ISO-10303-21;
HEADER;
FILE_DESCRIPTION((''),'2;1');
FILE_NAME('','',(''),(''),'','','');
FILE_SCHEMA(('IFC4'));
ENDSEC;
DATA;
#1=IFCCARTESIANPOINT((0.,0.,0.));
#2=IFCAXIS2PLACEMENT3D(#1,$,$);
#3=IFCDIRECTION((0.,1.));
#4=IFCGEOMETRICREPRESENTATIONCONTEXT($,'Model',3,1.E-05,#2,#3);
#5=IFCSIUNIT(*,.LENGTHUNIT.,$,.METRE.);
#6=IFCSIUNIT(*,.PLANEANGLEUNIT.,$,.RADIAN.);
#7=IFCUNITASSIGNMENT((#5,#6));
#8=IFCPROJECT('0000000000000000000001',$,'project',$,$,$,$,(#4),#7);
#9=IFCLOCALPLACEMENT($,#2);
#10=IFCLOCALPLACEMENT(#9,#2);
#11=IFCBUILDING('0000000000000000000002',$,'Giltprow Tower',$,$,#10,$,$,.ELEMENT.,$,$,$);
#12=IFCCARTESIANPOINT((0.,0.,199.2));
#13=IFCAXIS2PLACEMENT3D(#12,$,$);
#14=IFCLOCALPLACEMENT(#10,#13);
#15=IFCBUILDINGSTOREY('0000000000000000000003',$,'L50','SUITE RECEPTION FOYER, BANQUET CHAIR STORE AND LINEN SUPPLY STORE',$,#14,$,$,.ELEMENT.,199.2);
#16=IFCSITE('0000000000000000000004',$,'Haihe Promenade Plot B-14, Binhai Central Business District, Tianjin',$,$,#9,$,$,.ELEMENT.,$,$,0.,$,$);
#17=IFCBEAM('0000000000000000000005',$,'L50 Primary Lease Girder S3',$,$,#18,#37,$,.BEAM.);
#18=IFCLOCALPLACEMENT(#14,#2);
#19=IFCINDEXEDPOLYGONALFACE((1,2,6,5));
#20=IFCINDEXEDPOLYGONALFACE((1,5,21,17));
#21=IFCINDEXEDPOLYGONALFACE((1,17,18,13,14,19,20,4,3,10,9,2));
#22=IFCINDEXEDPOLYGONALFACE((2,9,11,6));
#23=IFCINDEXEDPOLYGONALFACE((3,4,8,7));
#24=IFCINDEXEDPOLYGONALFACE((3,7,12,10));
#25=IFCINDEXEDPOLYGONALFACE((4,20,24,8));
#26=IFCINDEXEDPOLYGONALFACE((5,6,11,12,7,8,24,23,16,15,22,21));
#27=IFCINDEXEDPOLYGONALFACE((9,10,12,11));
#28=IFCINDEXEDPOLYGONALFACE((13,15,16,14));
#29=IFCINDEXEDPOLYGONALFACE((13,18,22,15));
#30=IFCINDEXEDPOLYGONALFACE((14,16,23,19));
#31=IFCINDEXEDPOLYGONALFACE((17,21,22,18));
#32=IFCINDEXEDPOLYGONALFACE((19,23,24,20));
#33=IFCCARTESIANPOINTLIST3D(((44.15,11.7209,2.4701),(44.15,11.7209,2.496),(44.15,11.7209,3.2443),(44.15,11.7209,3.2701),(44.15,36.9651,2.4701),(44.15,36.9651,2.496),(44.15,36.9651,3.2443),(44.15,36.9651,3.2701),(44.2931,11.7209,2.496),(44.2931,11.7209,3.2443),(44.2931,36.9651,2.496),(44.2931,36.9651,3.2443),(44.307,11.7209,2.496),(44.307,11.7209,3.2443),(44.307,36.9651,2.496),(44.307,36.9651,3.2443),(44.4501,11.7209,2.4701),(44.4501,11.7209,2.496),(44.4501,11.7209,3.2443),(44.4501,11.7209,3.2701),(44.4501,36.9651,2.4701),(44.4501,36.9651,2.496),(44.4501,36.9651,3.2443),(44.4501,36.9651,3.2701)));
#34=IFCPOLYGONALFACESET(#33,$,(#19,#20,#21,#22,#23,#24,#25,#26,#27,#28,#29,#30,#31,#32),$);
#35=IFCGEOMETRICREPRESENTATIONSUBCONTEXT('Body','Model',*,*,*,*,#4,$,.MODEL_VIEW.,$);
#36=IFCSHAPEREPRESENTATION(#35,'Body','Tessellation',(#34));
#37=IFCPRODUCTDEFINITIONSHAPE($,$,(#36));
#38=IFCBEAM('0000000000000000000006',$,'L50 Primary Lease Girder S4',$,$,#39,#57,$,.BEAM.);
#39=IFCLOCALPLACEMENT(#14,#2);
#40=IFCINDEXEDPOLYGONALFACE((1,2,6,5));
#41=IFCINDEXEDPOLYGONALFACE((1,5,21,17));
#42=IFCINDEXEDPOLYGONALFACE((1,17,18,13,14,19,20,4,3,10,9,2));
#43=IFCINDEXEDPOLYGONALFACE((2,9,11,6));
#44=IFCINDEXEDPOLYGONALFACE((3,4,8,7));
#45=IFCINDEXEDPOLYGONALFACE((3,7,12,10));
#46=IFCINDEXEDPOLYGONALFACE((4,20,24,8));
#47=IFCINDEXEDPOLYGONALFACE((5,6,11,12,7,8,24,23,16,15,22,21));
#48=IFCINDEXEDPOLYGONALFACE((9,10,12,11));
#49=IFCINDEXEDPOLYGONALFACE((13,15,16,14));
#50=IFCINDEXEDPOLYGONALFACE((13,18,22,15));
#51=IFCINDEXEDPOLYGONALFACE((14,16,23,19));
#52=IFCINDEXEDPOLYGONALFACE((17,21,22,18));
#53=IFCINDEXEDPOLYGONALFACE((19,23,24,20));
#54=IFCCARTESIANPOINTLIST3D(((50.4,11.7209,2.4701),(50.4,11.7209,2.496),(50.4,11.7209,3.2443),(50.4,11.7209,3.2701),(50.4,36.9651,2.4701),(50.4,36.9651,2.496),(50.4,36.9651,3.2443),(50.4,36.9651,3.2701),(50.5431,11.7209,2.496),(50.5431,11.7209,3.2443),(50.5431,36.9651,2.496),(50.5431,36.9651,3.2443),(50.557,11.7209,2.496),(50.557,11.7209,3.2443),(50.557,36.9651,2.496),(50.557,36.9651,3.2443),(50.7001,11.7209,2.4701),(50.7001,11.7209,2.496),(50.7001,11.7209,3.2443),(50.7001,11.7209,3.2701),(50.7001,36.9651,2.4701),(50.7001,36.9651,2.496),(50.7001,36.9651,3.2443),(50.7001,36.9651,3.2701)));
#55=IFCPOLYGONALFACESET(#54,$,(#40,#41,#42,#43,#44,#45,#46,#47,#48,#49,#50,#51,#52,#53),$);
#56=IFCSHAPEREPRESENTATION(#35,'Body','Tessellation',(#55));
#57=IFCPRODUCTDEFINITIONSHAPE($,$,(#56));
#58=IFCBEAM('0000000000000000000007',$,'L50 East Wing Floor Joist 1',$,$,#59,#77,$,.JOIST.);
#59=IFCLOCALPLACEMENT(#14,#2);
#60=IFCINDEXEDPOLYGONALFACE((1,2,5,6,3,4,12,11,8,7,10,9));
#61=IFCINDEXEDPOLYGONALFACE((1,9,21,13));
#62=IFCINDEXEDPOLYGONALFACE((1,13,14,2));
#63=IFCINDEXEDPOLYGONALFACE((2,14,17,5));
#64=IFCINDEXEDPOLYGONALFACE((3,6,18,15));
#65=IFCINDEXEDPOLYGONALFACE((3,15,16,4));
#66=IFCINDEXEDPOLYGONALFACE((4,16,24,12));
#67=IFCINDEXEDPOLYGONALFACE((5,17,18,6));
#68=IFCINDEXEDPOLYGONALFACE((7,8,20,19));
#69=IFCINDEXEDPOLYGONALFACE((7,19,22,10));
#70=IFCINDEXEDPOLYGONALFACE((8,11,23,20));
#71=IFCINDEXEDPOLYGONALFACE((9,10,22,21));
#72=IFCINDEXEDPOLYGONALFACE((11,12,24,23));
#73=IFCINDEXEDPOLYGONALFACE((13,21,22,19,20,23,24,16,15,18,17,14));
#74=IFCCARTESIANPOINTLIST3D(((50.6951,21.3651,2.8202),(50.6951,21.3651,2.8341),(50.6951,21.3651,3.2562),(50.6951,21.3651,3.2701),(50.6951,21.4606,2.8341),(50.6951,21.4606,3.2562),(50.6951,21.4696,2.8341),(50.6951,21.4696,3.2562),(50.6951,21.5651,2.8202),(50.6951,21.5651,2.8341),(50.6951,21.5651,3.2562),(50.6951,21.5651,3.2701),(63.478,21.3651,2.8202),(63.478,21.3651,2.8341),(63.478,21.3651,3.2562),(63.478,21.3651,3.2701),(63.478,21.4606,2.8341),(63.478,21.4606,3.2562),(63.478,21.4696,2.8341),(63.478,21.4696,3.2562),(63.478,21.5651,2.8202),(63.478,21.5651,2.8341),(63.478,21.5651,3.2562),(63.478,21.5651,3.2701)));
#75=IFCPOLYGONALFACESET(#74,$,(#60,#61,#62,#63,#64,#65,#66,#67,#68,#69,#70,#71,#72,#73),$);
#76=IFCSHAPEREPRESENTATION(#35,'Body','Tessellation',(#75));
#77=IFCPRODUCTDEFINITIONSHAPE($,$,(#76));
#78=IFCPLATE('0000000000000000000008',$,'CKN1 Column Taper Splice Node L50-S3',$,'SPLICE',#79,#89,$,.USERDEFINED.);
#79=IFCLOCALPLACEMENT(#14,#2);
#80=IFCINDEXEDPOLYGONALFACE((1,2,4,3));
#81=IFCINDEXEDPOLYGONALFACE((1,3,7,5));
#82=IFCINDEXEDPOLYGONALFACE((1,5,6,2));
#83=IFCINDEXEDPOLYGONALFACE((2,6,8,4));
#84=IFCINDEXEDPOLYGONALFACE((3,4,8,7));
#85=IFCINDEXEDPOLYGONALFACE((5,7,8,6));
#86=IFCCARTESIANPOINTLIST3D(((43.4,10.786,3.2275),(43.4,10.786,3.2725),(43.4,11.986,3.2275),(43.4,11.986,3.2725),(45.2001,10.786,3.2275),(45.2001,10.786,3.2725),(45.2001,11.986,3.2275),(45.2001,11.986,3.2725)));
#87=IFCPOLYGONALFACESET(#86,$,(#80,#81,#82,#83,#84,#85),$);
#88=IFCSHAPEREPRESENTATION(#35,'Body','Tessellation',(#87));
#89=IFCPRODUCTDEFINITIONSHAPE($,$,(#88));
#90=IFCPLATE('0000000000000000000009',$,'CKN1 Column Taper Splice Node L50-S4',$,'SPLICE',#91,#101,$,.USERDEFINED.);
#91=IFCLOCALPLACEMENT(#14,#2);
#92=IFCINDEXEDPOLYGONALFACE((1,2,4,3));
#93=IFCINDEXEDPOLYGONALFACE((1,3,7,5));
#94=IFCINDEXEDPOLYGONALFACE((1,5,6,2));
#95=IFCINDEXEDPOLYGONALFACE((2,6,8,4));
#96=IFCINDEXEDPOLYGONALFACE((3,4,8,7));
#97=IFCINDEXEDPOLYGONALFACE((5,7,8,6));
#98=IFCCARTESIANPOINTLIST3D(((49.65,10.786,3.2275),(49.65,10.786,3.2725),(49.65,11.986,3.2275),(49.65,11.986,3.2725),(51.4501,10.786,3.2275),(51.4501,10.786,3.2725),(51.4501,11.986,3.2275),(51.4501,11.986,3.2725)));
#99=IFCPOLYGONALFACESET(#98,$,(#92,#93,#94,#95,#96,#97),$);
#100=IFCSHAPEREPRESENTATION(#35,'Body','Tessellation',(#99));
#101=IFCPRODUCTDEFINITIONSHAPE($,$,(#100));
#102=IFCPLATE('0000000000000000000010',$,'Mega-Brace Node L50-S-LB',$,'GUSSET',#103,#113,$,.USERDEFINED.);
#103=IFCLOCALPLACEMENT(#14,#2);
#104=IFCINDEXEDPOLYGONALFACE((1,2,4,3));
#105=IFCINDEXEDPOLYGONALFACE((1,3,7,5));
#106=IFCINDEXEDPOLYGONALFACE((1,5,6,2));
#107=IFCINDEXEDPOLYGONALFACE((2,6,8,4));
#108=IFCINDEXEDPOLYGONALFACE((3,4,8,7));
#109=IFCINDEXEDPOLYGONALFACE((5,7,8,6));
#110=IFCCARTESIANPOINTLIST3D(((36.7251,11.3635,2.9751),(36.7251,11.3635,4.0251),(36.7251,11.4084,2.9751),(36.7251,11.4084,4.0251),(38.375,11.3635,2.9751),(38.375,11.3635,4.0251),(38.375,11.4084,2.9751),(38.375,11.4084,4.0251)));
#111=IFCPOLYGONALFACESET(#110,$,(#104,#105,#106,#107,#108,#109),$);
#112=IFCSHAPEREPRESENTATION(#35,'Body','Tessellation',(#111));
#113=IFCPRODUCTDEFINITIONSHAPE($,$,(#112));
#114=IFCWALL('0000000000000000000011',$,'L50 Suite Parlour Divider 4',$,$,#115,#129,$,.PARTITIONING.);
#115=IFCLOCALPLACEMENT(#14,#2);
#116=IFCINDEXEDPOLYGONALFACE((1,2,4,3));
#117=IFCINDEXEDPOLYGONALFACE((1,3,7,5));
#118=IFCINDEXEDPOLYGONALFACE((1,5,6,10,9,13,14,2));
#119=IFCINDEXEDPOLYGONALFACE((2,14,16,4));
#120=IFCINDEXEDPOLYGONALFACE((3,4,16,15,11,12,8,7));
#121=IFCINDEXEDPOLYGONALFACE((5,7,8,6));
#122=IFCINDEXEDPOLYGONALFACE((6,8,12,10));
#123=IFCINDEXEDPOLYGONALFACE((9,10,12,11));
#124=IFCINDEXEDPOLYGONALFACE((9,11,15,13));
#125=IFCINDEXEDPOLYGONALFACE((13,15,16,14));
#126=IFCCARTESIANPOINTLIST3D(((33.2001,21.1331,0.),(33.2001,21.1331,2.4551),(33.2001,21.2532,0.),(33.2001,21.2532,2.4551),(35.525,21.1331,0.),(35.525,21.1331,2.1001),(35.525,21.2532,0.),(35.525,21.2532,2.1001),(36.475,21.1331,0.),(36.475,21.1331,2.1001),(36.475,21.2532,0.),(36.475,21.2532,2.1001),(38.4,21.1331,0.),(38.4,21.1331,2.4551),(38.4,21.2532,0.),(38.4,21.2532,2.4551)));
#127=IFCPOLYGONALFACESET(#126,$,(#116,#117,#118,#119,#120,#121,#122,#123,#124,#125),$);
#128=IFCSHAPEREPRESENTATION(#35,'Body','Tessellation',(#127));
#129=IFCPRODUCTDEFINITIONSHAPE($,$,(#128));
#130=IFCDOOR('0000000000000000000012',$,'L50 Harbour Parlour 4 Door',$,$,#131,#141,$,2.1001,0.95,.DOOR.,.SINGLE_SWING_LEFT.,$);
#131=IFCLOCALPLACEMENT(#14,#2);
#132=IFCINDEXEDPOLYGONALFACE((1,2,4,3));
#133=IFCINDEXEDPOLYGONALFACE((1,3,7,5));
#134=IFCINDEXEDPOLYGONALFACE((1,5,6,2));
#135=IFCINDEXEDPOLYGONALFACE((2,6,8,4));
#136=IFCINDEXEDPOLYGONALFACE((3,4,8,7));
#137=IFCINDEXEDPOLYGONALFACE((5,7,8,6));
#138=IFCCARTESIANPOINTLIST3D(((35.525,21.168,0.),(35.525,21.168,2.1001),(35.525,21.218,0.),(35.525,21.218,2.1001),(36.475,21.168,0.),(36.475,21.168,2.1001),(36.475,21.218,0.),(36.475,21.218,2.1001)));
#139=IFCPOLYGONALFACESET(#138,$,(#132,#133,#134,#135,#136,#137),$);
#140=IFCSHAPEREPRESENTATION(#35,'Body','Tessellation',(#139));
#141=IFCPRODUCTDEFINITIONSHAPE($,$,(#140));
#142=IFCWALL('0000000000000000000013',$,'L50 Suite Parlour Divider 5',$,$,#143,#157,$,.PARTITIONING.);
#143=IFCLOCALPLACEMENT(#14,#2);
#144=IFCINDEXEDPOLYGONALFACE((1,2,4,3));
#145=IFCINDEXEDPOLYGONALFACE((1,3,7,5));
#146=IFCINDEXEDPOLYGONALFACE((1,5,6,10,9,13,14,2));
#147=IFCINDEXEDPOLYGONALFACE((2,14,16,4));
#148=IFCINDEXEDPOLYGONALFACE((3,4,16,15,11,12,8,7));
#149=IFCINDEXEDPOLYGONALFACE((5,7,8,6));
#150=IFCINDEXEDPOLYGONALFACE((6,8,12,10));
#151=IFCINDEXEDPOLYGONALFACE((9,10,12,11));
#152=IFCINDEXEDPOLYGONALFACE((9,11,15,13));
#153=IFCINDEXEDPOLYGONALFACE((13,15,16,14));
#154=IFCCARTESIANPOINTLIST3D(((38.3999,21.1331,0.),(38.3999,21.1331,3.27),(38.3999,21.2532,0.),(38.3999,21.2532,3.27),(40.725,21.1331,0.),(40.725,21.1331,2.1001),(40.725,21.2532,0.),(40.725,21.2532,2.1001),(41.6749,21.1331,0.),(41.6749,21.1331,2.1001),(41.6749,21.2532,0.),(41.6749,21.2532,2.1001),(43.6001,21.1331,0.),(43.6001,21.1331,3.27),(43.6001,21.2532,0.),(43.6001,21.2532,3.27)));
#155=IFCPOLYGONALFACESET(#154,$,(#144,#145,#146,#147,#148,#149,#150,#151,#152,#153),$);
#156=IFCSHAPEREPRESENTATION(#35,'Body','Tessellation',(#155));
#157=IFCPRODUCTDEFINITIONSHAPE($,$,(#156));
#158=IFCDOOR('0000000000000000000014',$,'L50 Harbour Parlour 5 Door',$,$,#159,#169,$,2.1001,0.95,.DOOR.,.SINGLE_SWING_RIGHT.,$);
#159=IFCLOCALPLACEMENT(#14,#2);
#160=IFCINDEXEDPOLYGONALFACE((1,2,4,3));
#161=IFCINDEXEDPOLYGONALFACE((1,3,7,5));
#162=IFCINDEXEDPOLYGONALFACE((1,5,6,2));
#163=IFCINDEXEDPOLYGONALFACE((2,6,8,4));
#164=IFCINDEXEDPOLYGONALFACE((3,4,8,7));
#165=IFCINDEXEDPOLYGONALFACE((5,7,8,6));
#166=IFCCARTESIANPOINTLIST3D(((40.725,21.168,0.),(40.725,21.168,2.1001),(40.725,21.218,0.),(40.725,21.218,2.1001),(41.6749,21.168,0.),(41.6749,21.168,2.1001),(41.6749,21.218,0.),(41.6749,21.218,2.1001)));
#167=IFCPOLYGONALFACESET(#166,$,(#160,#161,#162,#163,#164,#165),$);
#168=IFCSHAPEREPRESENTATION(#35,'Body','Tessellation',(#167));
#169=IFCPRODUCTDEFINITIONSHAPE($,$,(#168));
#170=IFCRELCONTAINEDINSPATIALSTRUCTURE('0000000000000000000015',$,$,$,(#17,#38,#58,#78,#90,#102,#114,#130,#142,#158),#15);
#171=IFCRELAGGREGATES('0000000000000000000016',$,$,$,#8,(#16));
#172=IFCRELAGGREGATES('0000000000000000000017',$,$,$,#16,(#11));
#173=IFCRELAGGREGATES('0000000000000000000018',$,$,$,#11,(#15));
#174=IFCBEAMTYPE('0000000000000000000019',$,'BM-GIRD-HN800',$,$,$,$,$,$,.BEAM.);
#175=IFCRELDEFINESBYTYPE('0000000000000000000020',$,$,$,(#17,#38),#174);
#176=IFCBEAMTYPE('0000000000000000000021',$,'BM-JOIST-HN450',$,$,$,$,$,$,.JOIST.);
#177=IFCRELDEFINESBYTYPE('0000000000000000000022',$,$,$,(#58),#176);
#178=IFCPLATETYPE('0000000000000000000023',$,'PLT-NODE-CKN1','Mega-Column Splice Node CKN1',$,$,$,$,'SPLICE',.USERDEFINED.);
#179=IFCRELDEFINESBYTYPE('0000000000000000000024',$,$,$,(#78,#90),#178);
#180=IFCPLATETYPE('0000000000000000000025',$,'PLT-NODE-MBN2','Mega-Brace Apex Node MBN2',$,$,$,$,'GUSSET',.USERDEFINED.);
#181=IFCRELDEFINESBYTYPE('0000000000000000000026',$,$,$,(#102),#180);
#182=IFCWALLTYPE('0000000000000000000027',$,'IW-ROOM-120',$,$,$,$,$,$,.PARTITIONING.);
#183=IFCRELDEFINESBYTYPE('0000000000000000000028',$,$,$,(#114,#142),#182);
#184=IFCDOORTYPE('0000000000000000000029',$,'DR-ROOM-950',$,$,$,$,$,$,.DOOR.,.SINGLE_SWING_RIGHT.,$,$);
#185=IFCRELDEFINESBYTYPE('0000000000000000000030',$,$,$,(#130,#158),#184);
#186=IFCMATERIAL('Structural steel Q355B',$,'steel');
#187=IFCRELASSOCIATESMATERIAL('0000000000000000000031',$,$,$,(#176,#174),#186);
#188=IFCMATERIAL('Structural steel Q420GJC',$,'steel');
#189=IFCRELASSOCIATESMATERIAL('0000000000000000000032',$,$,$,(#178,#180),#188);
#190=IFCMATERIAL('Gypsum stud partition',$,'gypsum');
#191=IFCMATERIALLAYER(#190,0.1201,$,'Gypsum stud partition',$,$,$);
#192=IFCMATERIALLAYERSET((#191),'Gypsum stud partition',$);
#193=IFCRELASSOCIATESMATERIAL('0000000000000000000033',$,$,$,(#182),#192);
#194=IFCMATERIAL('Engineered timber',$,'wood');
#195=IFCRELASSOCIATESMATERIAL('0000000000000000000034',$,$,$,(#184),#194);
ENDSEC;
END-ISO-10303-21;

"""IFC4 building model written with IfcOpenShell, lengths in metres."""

from ifc_helpers import new_model, si_unit, direction, frame, frame_2d, origin, origin_2d, place, context, subcontext, project, spatial, rectangle, i_section, extrude, source, transform, mapped, material, layer, layer_set, material_profile, profile_set, type_object, element, fill, save


model = new_model("IFC4")

# Units and contexts
model_context = context("Model", 3, precision=1e-05, world=origin(), true_north=direction((0.0, 1.0)))
body_context = subcontext(model_context, "Body", "Model", "MODEL_VIEW")
ifc_project = project(units=[si_unit("LENGTHUNIT", "METRE"), si_unit("PLANEANGLEUNIT", "RADIAN")], contexts=[model_context])

# Site, building, storey
site_placement = place(None, origin())
site = spatial("IfcSite", under=ifc_project, at=site_placement, Name="Haihe Promenade Plot B-14, Binhai Central Business District, Tianjin", CompositionType="ELEMENT", RefElevation=0.0)
building_placement = place(site_placement, origin())
building = spatial("IfcBuilding", under=site, at=building_placement, Name="Giltprow Tower", CompositionType="ELEMENT")
storey_placement = place(building_placement, frame((0.0, 0.0, 199.2)))
storey = spatial("IfcBuildingStorey", under=building, at=storey_placement, Name="L50", Description="SUITE RECEPTION FOYER, BANQUET CHAIR STORE AND LINEN SUPPLY STORE", CompositionType="ELEMENT", Elevation=199.2)

# Beams
ifc_material_1 = material(Name="Structural steel Q355B", Category="steel")
ifc_material_profile_1 = material_profile(ifc_material_1, i_section(OverallWidth=0.2, OverallDepth=0.45, WebThickness=0.009, FlangeThickness=0.0139, at=origin_2d()), Name="HN 450x200x9x14")
ifc_profile_set_1 = profile_set([ifc_material_profile_1], Name="Structural steel Q355B")
beam_type_1 = type_object("IfcBeamType", Name="BM-JOIST-HN450", PredefinedType="JOIST", material=ifc_profile_set_1)
ifc_material_profile_2 = material_profile(ifc_material_1, i_section(OverallWidth=0.3, OverallDepth=0.8, WebThickness=0.0139, FlangeThickness=0.0259, at=origin_2d()), Name="HN 800x300x14x26")
ifc_profile_set_2 = profile_set([ifc_material_profile_2], Name="Structural steel Q355B")
beam_type_2 = type_object("IfcBeamType", Name="BM-GIRD-HN800", PredefinedType="BEAM", material=ifc_profile_set_2)
shared_shape_1 = source(origin(), body_context, "Body", "SweptSolid", [
    extrude(i_section(OverallWidth=0.3, OverallDepth=0.8, WebThickness=0.0139, FlangeThickness=0.0259, at=origin_2d()), origin(), (0.0, 0.0, 1.0), 25.2441),
])
for number, where, z_axis, x_axis, name in (
    (1, (44.3, 11.7209, 2.8701), (0.0, 1.0, 0.0), (-1.0, 0.0, 0.0), "L50 Primary Lease Girder S3"),
    (2, (50.55, 11.7209, 2.8701), (0.0, 1.0, 0.0), (-1.0, 0.0, 0.0), "L50 Primary Lease Girder S4"),
):
    element("IfcBeam", number, at=place(storey_placement, frame(where, z_axis=z_axis, x_axis=x_axis)), inside=storey, type_object=beam_type_2, Name=name, PredefinedType="BEAM", context=body_context, shape_type="MappedRepresentation", body=[
        mapped(shared_shape_1, transform((0.0, 0.0, 0.0), x_axis=(1.0, 0.0, 0.0), y_axis=(0.0, 1.0, 0.0), z_axis=(0.0, 0.0, 1.0), scale=1.0)),
    ])
shared_shape_2 = source(origin(), body_context, "Body", "SweptSolid", [
    extrude(i_section(OverallWidth=0.2, OverallDepth=0.45, WebThickness=0.009, FlangeThickness=0.0139, at=origin_2d()), origin(), (0.0, 0.0, 1.0), 12.783),
])
beam_1_placement = place(storey_placement, frame((50.6951, 21.4651, 3.0452), z_axis=(1.0, 0.0, 0.0), x_axis=(0.0, 1.0, 0.0)))
element("IfcBeam", 3, at=beam_1_placement, inside=storey, type_object=beam_type_1, Name="L50 East Wing Floor Joist 1", PredefinedType="JOIST", context=body_context, shape_type="MappedRepresentation", body=[
    mapped(shared_shape_2, transform((0.0, 0.0, 0.0), x_axis=(1.0, 0.0, 0.0), y_axis=(0.0, 1.0, 0.0), z_axis=(0.0, 0.0, 1.0), scale=1.0)),
])

# Plates
ifc_material_2 = material(Name="Structural steel Q420GJC", Category="steel")
plate_type_1 = type_object("IfcPlateType", Name="PLT-NODE-CKN1", Description="Mega-Column Splice Node CKN1", ElementType="SPLICE", PredefinedType="USERDEFINED", material=ifc_material_2)
shared_shape_3 = source(origin(), body_context, "Body", "SweptSolid", [
    extrude(rectangle(XDim=1.8, YDim=1.2, at=origin_2d()), origin(), (0.0, 0.0, 1.0), 0.0449),
])
for number, where, z_axis, x_axis, name in (
    (4, (44.3, 11.386, 3.2275), (0.0, 0.0, 1.0), (1.0, 0.0, 0.0), "CKN1 Column Taper Splice Node L50-S3"),
    (5, (50.55, 11.386, 3.2275), (0.0, 0.0, 1.0), (1.0, 0.0, 0.0), "CKN1 Column Taper Splice Node L50-S4"),
):
    element("IfcPlate", number, at=place(storey_placement, frame(where, z_axis=z_axis, x_axis=x_axis)), inside=storey, type_object=plate_type_1, Name=name, ObjectType="SPLICE", PredefinedType="USERDEFINED", context=body_context, shape_type="MappedRepresentation", body=[
        mapped(shared_shape_3, transform((0.0, 0.0, 0.0), x_axis=(1.0, 0.0, 0.0), y_axis=(0.0, 1.0, 0.0), z_axis=(0.0, 0.0, 1.0), scale=1.0)),
    ])
plate_type_2 = type_object("IfcPlateType", Name="PLT-NODE-MBN2", Description="Mega-Brace Apex Node MBN2", ElementType="GUSSET", PredefinedType="USERDEFINED", material=ifc_material_2)
shared_shape_4 = source(origin(), body_context, "Body", "SweptSolid", [
    extrude(rectangle(XDim=1.6499, YDim=0.0449, at=origin_2d()), origin(), (0.0, 0.0, 1.0), 1.05),
])
plate_placement = place(storey_placement, frame((37.55, 11.386, 2.9751), z_axis=(0.0, 0.0, 1.0), x_axis=(1.0, 0.0, 0.0)))
element("IfcPlate", 6, at=plate_placement, inside=storey, type_object=plate_type_2, Name="Mega-Brace Node L50-S-LB", ObjectType="GUSSET", PredefinedType="USERDEFINED", context=body_context, shape_type="MappedRepresentation", body=[
    mapped(shared_shape_4, transform((0.0, 0.0, 0.0), x_axis=(1.0, 0.0, 0.0), y_axis=(0.0, 1.0, 0.0), z_axis=(0.0, 0.0, 1.0), scale=1.0)),
])

# Walls, openings, doors
ifc_material_3 = material(Name="Gypsum stud partition", Category="gypsum")
ifc_layer = layer(ifc_material_3, 0.1201, Name="Gypsum stud partition")
ifc_layer_set = layer_set([ifc_layer], Name="Gypsum stud partition")
wall_type = type_object("IfcWallType", Name="IW-ROOM-120", PredefinedType="PARTITIONING", material=ifc_layer_set)
wall_1_placement = place(storey_placement, frame((33.2, 21.1931, 0.0), z_axis=(0.0, 0.0, 1.0), x_axis=(1.0, 0.0, 0.0)))
wall_1 = element("IfcWall", 7, at=wall_1_placement, inside=storey, type_object=wall_type, Name="L50 Suite Parlour Divider 4", PredefinedType="PARTITIONING", context=body_context, shape_type="SweptSolid", body=[
    extrude(rectangle(XDim=5.2, YDim=0.1201, at=frame_2d((2.6001, 0.0))), origin(), (0.0, 0.0, 1.0), 2.4551),
])
opening_1_placement = place(wall_1_placement, frame((2.325, 0.0, 0.0)))
opening_1 = element("IfcOpeningElement", 8, at=opening_1_placement, cuts=wall_1, PredefinedType="OPENING", context=body_context, shape_type="SweptSolid", body=[
    extrude(rectangle(XDim=0.95, YDim=2.1001, at=frame_2d((0.4751, 1.05))), frame((0.0, 0.0701, 0.0), z_axis=(0.0, -1.0, 0.0), x_axis=(1.0, 0.0, 0.0)), (0.0, 0.0, 1.0), 0.1401),
])
ifc_material_4 = material(Name="Engineered timber", Category="wood")
door_type = type_object("IfcDoorType", Name="DR-ROOM-950", OperationType="SINGLE_SWING_RIGHT", PredefinedType="DOOR", material=ifc_material_4)
shared_shape_5 = source(origin(), body_context, "Body", "SweptSolid", [
    extrude(rectangle(XDim=0.95, YDim=2.1001, at=frame_2d((0.4751, 1.05))), frame((0.0, 0.0249, 0.0), z_axis=(0.0, -1.0, 0.0), x_axis=(1.0, 0.0, 0.0)), (0.0, 0.0, 1.0), 0.05),
])
door_1_placement = place(opening_1_placement, origin())
door_1 = element("IfcDoor", 9, at=door_1_placement, inside=storey, type_object=door_type, Name="L50 Harbour Parlour 4 Door", OperationType="SINGLE_SWING_LEFT", OverallHeight=2.1001, OverallWidth=0.95, PredefinedType="DOOR", context=body_context, shape_type="MappedRepresentation", body=[
    mapped(shared_shape_5, transform((0.0, 0.0, 0.0), x_axis=(1.0, 0.0, 0.0), y_axis=(0.0, 1.0, 0.0), z_axis=(0.0, 0.0, 1.0), scale=1.0)),
])
fill(opening_1, door_1)
wall_2_placement = place(storey_placement, frame((38.3999, 21.1931, 0.0), z_axis=(0.0, 0.0, 1.0), x_axis=(1.0, 0.0, 0.0)))
wall_2 = element("IfcWall", 10, at=wall_2_placement, inside=storey, type_object=wall_type, Name="L50 Suite Parlour Divider 5", PredefinedType="PARTITIONING", context=body_context, shape_type="SweptSolid", body=[
    extrude(rectangle(XDim=5.2002, YDim=0.1201, at=frame_2d((2.6001, 0.0))), origin(), (0.0, 0.0, 1.0), 3.27),
])
opening_2_placement = place(wall_2_placement, frame((2.325, 0.0, 0.0)))
opening_2 = element("IfcOpeningElement", 11, at=opening_2_placement, cuts=wall_2, PredefinedType="OPENING", context=body_context, shape_type="SweptSolid", body=[
    extrude(rectangle(XDim=0.95, YDim=2.1001, at=frame_2d((0.4751, 1.05))), frame((0.0, 0.0701, 0.0), z_axis=(0.0, -1.0, 0.0), x_axis=(1.0, 0.0, 0.0)), (0.0, 0.0, 1.0), 0.1401),
])
door_2_placement = place(opening_2_placement, origin())
door_2 = element("IfcDoor", 12, at=door_2_placement, inside=storey, type_object=door_type, Name="L50 Harbour Parlour 5 Door", OperationType="SINGLE_SWING_RIGHT", OverallHeight=2.1001, OverallWidth=0.95, PredefinedType="DOOR", context=body_context, shape_type="MappedRepresentation", body=[
    mapped(shared_shape_5, transform((0.0, 0.0, 0.0), x_axis=(1.0, 0.0, 0.0), y_axis=(0.0, 1.0, 0.0), z_axis=(0.0, 0.0, 1.0), scale=1.0)),
])
fill(opening_2, door_2)

save(model, "model.ifc")
